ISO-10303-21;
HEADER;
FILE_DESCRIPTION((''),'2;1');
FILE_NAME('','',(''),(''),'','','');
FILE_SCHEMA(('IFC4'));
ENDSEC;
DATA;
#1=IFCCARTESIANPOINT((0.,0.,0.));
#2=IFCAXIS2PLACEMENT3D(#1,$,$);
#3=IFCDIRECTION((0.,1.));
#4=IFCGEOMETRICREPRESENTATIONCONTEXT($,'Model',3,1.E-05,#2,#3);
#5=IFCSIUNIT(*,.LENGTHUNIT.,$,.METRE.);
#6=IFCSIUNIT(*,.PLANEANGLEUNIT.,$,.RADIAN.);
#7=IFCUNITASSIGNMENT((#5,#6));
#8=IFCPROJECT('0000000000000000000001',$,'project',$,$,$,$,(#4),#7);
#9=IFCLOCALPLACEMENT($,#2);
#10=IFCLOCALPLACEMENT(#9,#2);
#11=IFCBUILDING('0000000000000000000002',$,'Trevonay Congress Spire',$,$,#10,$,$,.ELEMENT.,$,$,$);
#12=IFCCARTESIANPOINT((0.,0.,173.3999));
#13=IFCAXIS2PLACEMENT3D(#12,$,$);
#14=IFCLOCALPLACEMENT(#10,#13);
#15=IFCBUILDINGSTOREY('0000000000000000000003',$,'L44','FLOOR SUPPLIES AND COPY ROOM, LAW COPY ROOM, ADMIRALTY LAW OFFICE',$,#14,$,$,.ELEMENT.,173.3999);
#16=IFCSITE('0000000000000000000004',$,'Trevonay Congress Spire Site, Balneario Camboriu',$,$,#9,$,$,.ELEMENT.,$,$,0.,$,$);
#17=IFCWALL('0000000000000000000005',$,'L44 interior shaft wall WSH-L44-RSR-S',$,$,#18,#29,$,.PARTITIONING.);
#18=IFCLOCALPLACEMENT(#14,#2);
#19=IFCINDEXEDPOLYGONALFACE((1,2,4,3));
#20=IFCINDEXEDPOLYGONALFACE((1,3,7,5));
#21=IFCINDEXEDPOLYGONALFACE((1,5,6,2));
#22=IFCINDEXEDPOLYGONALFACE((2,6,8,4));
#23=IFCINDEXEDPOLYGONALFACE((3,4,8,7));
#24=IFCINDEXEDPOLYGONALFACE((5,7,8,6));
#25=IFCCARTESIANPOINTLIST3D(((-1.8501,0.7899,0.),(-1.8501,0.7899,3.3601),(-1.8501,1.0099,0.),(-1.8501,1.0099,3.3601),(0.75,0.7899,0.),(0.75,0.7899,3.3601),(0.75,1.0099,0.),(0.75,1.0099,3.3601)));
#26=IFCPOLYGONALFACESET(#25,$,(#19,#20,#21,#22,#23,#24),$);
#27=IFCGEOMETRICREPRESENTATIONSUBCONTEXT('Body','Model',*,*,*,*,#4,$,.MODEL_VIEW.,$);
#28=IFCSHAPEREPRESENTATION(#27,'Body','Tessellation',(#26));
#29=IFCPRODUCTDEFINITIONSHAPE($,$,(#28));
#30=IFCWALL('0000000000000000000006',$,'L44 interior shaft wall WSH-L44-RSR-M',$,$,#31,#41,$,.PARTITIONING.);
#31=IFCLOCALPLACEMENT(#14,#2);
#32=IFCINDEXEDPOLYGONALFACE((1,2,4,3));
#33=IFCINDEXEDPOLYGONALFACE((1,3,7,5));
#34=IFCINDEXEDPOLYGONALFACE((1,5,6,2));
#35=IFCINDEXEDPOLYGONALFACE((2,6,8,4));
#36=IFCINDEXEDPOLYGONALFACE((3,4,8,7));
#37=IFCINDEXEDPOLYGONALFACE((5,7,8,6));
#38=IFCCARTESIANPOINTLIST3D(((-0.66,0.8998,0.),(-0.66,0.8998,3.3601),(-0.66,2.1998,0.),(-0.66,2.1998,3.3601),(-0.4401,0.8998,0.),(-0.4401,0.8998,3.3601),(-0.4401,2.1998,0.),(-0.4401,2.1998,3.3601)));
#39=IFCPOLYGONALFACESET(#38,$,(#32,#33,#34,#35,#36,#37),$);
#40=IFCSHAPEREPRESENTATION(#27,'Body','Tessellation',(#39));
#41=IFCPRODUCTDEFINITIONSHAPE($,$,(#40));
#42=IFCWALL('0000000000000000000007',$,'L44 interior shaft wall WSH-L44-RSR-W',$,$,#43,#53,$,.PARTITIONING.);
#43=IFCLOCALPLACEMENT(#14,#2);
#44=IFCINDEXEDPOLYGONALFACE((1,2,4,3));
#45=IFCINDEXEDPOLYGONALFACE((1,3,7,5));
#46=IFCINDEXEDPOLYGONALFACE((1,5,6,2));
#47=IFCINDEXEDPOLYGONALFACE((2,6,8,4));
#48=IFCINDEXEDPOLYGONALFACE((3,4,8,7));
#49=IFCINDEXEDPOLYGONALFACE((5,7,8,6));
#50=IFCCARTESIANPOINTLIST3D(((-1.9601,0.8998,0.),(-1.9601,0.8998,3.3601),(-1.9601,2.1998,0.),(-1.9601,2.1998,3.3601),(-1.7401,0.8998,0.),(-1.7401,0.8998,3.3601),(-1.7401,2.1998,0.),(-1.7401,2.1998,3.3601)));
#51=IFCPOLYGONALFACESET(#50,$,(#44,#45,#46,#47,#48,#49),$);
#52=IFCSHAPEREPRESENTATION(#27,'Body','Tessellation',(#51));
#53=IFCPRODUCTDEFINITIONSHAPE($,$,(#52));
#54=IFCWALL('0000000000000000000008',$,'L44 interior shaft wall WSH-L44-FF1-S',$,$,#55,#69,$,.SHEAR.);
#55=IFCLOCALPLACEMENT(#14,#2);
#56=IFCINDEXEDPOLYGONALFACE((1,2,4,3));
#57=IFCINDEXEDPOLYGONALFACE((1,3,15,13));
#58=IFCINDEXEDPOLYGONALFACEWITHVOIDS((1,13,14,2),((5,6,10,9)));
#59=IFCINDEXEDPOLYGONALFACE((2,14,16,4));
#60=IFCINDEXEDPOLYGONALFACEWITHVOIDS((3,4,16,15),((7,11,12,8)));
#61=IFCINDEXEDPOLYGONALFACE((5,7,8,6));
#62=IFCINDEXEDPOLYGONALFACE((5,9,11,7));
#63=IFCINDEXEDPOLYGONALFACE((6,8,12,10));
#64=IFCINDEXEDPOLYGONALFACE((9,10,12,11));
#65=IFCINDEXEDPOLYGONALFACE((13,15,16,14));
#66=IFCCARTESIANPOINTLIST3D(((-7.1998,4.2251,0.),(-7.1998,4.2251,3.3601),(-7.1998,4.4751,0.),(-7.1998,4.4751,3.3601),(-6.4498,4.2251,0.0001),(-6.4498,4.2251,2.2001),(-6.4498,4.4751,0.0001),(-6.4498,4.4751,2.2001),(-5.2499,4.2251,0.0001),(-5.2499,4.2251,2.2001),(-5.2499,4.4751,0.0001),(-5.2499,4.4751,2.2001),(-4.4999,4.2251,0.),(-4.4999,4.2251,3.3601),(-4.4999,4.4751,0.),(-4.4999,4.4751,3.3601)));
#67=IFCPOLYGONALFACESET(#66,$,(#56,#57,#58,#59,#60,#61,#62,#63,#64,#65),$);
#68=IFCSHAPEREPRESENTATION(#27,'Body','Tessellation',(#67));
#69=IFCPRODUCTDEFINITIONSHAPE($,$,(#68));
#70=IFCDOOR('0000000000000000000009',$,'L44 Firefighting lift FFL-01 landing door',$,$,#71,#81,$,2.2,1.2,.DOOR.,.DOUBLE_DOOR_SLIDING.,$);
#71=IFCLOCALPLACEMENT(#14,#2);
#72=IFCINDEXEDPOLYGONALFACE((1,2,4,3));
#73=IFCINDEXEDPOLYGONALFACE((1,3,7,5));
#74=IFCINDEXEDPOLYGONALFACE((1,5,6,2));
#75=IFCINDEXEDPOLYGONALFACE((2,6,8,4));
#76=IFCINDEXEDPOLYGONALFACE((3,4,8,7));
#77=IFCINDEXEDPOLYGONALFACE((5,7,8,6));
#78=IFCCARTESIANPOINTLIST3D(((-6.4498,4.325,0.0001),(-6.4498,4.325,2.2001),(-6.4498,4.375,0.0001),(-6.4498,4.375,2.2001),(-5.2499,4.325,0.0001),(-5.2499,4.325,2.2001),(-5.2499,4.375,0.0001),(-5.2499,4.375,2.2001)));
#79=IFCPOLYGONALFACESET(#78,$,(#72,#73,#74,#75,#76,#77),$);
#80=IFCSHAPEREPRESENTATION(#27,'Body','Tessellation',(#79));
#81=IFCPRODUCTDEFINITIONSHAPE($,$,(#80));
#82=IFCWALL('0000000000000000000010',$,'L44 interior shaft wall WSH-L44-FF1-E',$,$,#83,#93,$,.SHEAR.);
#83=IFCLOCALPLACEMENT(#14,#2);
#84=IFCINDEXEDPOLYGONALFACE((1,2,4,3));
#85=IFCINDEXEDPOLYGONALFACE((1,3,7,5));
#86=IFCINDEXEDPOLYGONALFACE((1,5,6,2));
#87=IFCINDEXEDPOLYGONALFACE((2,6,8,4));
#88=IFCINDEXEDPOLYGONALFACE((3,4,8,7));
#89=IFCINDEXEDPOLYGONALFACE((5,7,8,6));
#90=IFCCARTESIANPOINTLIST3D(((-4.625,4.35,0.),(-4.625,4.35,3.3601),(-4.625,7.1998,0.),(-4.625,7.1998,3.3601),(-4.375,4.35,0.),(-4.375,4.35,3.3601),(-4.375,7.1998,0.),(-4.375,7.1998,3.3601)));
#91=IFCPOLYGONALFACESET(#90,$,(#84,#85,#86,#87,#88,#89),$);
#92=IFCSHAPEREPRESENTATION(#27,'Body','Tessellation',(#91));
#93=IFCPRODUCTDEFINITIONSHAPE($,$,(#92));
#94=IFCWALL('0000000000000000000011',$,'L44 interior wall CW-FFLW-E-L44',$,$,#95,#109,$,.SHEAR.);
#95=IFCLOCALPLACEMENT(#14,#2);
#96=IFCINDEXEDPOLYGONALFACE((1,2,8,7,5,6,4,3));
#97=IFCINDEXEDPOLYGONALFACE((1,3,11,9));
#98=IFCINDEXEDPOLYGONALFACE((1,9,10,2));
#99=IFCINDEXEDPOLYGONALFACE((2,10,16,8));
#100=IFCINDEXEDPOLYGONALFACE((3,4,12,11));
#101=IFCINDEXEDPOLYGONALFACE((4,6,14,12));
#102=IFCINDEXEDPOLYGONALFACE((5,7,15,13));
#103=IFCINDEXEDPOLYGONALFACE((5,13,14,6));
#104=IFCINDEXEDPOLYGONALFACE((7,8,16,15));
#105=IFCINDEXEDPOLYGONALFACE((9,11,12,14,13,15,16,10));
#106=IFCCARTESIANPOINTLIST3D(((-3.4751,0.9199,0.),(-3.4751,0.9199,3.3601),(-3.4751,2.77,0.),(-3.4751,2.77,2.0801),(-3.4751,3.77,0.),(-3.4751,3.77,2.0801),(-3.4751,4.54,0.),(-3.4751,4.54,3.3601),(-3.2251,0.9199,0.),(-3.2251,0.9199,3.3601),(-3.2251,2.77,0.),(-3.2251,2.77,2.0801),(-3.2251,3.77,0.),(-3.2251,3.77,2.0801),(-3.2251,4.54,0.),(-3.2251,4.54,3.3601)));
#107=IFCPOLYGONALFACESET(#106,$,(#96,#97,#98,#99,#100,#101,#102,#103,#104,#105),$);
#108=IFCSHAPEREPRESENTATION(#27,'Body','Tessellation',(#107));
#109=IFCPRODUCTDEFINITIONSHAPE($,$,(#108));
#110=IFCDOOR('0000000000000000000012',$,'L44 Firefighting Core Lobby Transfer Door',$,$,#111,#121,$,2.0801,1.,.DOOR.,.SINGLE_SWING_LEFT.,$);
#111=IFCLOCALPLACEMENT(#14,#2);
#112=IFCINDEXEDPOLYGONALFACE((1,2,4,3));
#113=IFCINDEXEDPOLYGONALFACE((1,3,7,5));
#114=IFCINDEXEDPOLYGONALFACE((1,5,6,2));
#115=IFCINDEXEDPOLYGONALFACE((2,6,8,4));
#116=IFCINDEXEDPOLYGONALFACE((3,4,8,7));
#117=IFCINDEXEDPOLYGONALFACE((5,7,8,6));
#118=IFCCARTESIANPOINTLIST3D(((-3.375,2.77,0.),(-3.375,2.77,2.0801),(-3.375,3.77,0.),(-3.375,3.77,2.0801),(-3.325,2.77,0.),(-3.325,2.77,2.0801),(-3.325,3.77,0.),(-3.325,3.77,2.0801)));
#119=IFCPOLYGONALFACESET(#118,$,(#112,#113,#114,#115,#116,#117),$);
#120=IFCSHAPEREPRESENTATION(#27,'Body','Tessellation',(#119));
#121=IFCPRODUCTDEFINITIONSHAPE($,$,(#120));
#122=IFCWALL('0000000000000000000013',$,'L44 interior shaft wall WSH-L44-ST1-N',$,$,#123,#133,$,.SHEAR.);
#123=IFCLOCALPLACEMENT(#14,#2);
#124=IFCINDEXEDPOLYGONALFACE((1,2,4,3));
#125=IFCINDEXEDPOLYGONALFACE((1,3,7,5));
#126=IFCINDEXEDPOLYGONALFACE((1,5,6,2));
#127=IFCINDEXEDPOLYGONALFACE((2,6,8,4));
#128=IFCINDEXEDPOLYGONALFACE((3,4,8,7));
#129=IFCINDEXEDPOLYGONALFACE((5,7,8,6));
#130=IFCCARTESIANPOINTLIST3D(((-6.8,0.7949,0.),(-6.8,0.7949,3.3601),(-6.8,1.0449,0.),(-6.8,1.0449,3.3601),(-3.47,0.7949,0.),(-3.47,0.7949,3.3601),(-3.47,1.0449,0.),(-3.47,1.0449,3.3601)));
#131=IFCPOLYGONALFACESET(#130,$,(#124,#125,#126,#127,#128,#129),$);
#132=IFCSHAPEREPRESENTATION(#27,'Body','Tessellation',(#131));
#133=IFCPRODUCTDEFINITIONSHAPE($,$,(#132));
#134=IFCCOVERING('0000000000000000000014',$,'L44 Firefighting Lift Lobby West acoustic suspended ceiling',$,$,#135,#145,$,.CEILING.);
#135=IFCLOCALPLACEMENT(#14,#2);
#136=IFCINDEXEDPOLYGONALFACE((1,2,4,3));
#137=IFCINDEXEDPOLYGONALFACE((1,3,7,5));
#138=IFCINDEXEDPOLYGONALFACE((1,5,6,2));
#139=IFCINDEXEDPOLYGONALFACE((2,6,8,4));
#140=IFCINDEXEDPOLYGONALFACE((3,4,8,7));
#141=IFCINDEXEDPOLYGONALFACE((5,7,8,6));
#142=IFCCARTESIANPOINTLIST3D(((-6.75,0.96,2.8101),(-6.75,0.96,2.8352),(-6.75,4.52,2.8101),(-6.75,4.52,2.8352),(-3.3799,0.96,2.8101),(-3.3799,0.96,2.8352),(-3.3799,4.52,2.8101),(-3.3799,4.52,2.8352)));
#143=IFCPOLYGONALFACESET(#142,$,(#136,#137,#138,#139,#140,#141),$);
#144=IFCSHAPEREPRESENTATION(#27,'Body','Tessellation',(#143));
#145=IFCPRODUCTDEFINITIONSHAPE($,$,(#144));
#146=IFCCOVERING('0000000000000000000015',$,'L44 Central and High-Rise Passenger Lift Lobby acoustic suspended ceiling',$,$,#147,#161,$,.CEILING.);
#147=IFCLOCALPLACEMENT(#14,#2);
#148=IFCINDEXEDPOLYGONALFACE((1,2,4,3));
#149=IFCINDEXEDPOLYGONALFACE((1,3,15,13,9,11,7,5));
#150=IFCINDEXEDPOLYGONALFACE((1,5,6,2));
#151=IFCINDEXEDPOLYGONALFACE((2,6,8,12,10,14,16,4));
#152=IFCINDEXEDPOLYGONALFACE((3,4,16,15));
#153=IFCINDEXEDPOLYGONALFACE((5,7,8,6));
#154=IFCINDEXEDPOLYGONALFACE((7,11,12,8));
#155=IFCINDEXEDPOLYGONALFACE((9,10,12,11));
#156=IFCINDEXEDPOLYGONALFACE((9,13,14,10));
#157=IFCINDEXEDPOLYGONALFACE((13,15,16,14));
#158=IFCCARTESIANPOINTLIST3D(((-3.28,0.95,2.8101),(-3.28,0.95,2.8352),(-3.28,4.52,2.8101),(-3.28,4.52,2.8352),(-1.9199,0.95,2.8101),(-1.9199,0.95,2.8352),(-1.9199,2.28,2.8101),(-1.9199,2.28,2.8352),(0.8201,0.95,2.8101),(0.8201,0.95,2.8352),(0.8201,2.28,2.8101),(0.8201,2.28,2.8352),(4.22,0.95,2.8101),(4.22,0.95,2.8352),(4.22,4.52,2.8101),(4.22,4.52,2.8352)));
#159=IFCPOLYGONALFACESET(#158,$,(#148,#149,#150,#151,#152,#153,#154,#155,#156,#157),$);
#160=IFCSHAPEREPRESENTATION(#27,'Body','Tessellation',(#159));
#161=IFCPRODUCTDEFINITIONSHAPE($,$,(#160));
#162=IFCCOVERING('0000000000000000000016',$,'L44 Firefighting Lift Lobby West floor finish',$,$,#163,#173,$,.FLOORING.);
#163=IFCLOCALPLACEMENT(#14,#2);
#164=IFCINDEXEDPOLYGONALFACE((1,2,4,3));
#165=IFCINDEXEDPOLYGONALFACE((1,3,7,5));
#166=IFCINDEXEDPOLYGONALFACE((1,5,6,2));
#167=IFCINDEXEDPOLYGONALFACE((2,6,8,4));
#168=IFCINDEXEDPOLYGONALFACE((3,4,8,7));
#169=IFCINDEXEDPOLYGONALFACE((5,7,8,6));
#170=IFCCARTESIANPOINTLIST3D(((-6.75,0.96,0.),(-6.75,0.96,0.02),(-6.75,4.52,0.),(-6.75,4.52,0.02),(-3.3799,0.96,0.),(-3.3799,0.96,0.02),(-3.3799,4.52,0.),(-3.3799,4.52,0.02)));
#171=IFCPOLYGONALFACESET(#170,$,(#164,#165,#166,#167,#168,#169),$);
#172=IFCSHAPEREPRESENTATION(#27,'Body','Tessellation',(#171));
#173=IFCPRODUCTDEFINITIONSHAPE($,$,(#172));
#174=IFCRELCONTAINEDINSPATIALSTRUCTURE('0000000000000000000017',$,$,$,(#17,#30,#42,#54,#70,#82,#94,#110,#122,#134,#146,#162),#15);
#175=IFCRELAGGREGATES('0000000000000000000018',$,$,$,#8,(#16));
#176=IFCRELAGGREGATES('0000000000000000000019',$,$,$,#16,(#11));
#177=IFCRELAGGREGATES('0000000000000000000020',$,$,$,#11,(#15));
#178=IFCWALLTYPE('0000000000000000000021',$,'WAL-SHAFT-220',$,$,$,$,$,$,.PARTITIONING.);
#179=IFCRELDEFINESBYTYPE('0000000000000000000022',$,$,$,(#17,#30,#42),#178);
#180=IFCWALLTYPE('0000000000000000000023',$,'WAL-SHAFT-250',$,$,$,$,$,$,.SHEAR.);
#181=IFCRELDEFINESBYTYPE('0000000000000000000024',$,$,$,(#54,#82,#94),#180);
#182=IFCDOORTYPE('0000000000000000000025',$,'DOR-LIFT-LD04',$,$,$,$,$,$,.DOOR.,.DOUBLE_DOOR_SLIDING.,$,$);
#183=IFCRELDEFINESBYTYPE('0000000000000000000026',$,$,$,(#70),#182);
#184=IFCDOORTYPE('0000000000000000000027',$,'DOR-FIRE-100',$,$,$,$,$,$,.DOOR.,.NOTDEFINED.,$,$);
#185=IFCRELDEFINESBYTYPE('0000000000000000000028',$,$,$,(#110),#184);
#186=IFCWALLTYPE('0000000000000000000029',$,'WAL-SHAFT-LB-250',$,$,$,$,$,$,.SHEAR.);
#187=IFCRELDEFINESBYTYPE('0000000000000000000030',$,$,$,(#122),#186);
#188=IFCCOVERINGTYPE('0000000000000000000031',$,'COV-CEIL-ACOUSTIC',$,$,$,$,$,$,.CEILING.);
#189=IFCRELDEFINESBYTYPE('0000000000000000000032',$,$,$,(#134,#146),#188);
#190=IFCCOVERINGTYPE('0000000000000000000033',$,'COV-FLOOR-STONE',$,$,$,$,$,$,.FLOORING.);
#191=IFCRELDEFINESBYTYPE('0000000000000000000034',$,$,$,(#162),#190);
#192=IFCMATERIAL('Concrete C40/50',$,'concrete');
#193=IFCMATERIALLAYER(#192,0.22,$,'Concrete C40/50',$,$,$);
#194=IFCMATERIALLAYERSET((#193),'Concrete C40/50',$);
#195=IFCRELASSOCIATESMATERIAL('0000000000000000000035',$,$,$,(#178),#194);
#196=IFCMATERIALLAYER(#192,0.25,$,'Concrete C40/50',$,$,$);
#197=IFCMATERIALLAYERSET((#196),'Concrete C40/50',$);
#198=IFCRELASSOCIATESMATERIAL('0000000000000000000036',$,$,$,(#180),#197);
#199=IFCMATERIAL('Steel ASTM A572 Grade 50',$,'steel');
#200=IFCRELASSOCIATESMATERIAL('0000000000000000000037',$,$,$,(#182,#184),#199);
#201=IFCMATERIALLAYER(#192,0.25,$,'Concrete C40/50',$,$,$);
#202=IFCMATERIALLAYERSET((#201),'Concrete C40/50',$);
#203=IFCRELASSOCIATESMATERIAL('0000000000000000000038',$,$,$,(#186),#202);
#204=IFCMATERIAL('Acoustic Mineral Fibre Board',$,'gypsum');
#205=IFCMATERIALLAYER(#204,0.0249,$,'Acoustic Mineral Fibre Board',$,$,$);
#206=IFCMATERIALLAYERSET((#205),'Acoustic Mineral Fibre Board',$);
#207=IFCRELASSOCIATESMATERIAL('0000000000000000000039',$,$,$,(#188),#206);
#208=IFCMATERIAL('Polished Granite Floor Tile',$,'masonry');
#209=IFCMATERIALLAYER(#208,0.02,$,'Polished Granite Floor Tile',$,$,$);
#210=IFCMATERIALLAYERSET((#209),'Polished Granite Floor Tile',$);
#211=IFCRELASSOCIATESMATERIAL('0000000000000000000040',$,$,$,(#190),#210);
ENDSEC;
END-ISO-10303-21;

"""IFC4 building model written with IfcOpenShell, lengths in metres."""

from ifc_helpers import new_model, si_unit, direction, frame, frame_2d, origin, place, context, subcontext, project, spatial, polyline, rectangle, outline, extrude, material, layer, layer_set, type_object, element, fill, save


model = new_model("IFC4")

# Units and contexts
model_context = context("Model", 3, precision=1e-05, world=origin(), true_north=direction((0.0, 1.0)))
body_context = subcontext(model_context, "Body", "Model", "MODEL_VIEW")
ifc_project = project(units=[si_unit("LENGTHUNIT", "METRE"), si_unit("PLANEANGLEUNIT", "RADIAN")], contexts=[model_context])

# Site, building, storey
site_placement = place(None, origin())
site = spatial("IfcSite", under=ifc_project, at=site_placement, Name="Trevonay Congress Spire Site, Balneario Camboriu", CompositionType="ELEMENT", RefElevation=0.0)
building_placement = place(site_placement, origin())
building = spatial("IfcBuilding", under=site, at=building_placement, Name="Trevonay Congress Spire", CompositionType="ELEMENT")
storey_placement = place(building_placement, frame((0.0, 0.0, 173.3999)))
storey = spatial("IfcBuildingStorey", under=building, at=storey_placement, Name="L44", Description="FLOOR SUPPLIES AND COPY ROOM, LAW COPY ROOM, ADMIRALTY LAW OFFICE", CompositionType="ELEMENT", Elevation=173.3999)

# Shared definitions
ifc_material_1 = material(Name="Steel ASTM A572 Grade 50", Category="steel")

# Shared definitions
ifc_material_2 = material(Name="Concrete C40/50", Category="concrete")

# Walls
ifc_layer_1 = layer(ifc_material_2, 0.22, Name="Concrete C40/50")
ifc_layer_set_1 = layer_set([ifc_layer_1], Name="Concrete C40/50")
wall_type_1 = type_object("IfcWallType", Name="WAL-SHAFT-220", PredefinedType="PARTITIONING", material=ifc_layer_set_1)
for number, where, z_axis, x_axis, name in (
    (1, (-1.8501, 0.8999, 0.0), (0.0, 0.0, 1.0), (1.0, 0.0, 0.0), "L44 interior shaft wall WSH-L44-RSR-S"),
):
    element("IfcWall", number, at=place(storey_placement, frame(where, z_axis=z_axis, x_axis=x_axis)), inside=storey, type_object=wall_type_1, Name=name, PredefinedType="PARTITIONING", context=body_context, shape_type="SweptSolid", body=[
        extrude(rectangle(XDim=2.6001, YDim=0.22, at=frame_2d((1.3, 0.0))), origin(), (0.0, 0.0, 1.0), 3.3601),
    ])
for number, where, z_axis, x_axis, name in (
    (2, (-0.55, 0.8999, 0.0), (0.0, 0.0, 1.0), (0.0, 1.0, 0.0), "L44 interior shaft wall WSH-L44-RSR-M"),
    (3, (-1.8501, 0.8999, 0.0), (0.0, 0.0, 1.0), (0.0, 1.0, 0.0), "L44 interior shaft wall WSH-L44-RSR-W"),
):
    element("IfcWall", number, at=place(storey_placement, frame(where, z_axis=z_axis, x_axis=x_axis)), inside=storey, type_object=wall_type_1, Name=name, PredefinedType="PARTITIONING", context=body_context, shape_type="SweptSolid", body=[
        extrude(rectangle(XDim=1.3, YDim=0.22, at=frame_2d((0.6499, 0.0))), origin(), (0.0, 0.0, 1.0), 3.3601),
    ])

# Wall, opening, door
ifc_layer_2 = layer(ifc_material_2, 0.25, Name="Concrete C40/50")
ifc_layer_set_2 = layer_set([ifc_layer_2], Name="Concrete C40/50")
wall_type_2 = type_object("IfcWallType", Name="WAL-SHAFT-250", PredefinedType="SHEAR", material=ifc_layer_set_2)
wall_1_placement = place(storey_placement, frame((-7.2, 4.3501, 0.0), z_axis=(0.0, 0.0, 1.0), x_axis=(1.0, 0.0, 0.0)))
wall_1 = element("IfcWall", 4, at=wall_1_placement, inside=storey, type_object=wall_type_2, Name="L44 interior shaft wall WSH-L44-FF1-S", PredefinedType="SHEAR", context=body_context, shape_type="SweptSolid", body=[
    extrude(rectangle(XDim=2.7, YDim=0.25, at=frame_2d((1.3501, 0.0))), origin(), (0.0, 0.0, 1.0), 3.3601),
])
opening_1_placement = place(wall_1_placement, frame((0.75, 0.0, 0.0)))
opening_1 = element("IfcOpeningElement", 5, at=opening_1_placement, cuts=wall_1, PredefinedType="OPENING", context=body_context, shape_type="SweptSolid", body=[
    extrude(rectangle(XDim=1.2, YDim=2.2, at=frame_2d((0.6001, 1.1001))), frame((0.0, 0.135, 0.0), z_axis=(0.0, -1.0, 0.0), x_axis=(1.0, 0.0, 0.0)), (0.0, 0.0, 1.0), 0.27),
])
door_type_1 = type_object("IfcDoorType", Name="DOR-LIFT-LD04", OperationType="DOUBLE_DOOR_SLIDING", PredefinedType="DOOR", material=ifc_material_1)
door_1_placement = place(opening_1_placement, origin())
door_1 = element("IfcDoor", 6, at=door_1_placement, inside=storey, type_object=door_type_1, Name="L44 Firefighting lift FFL-01 landing door", OperationType="DOUBLE_DOOR_SLIDING", OverallHeight=2.2, OverallWidth=1.2, PredefinedType="DOOR", context=body_context, shape_type="SweptSolid", body=[
    extrude(rectangle(XDim=1.2, YDim=2.2, at=frame_2d((0.6001, 1.1001))), frame((0.0, 0.0249, 0.0), z_axis=(0.0, -1.0, 0.0), x_axis=(1.0, 0.0, 0.0)), (0.0, 0.0, 1.0), 0.05),
])
fill(opening_1, door_1)

# Wall
wall_2_placement = place(storey_placement, frame((-4.5, 4.3501, 0.0), z_axis=(0.0, 0.0, 1.0), x_axis=(0.0, 1.0, 0.0)))
element("IfcWall", 7, at=wall_2_placement, inside=storey, type_object=wall_type_2, Name="L44 interior shaft wall WSH-L44-FF1-E", PredefinedType="SHEAR", context=body_context, shape_type="SweptSolid", body=[
    extrude(rectangle(XDim=2.8499, YDim=0.25, at=frame_2d((1.4248, 0.0))), origin(), (0.0, 0.0, 1.0), 3.3601),
])

# Wall, opening, door
wall_3_placement = place(storey_placement, frame((-3.3501, 0.9199, 0.0), z_axis=(0.0, 0.0, 1.0), x_axis=(0.0, 1.0, 0.0)))
wall_3 = element("IfcWall", 8, at=wall_3_placement, inside=storey, type_object=wall_type_2, Name="L44 interior wall CW-FFLW-E-L44", PredefinedType="SHEAR", context=body_context, shape_type="SweptSolid", body=[
    extrude(rectangle(XDim=3.6201, YDim=0.25, at=frame_2d((1.8101, 0.0))), origin(), (0.0, 0.0, 1.0), 3.3601),
])
opening_2_placement = place(wall_3_placement, frame((1.8501, 0.0, 0.0)))
opening_2 = element("IfcOpeningElement", 9, at=opening_2_placement, cuts=wall_3, PredefinedType="OPENING", context=body_context, shape_type="SweptSolid", body=[
    extrude(rectangle(XDim=1.0, YDim=2.0801, at=frame_2d((0.5, 1.04))), frame((0.0, 0.135, 0.0), z_axis=(0.0, -1.0, 0.0), x_axis=(1.0, 0.0, 0.0)), (0.0, 0.0, 1.0), 0.27),
])
door_type_2 = type_object("IfcDoorType", Name="DOR-FIRE-100", OperationType="NOTDEFINED", PredefinedType="DOOR", material=ifc_material_1)
door_2_placement = place(opening_2_placement, origin())
door_2 = element("IfcDoor", 10, at=door_2_placement, inside=storey, type_object=door_type_2, Name="L44 Firefighting Core Lobby Transfer Door", OperationType="SINGLE_SWING_LEFT", OverallHeight=2.0801, OverallWidth=1.0, PredefinedType="DOOR", context=body_context, shape_type="SweptSolid", body=[
    extrude(rectangle(XDim=1.0, YDim=2.0801, at=frame_2d((0.5, 1.04))), frame((0.0, 0.0249, 0.0), z_axis=(0.0, -1.0, 0.0), x_axis=(1.0, 0.0, 0.0)), (0.0, 0.0, 1.0), 0.05),
])
fill(opening_2, door_2)

# Wall
ifc_layer_3 = layer(ifc_material_2, 0.25, Name="Concrete C40/50")
ifc_layer_set_3 = layer_set([ifc_layer_3], Name="Concrete C40/50")
wall_type_3 = type_object("IfcWallType", Name="WAL-SHAFT-LB-250", PredefinedType="SHEAR", material=ifc_layer_set_3)
wall_4_placement = place(storey_placement, frame((-6.8, 0.9199, 0.0), z_axis=(0.0, 0.0, 1.0), x_axis=(1.0, 0.0, 0.0)))
element("IfcWall", 11, at=wall_4_placement, inside=storey, type_object=wall_type_3, Name="L44 interior shaft wall WSH-L44-ST1-N", PredefinedType="SHEAR", context=body_context, shape_type="SweptSolid", body=[
    extrude(rectangle(XDim=3.3301, YDim=0.25, at=frame_2d((1.665, 0.0))), origin(), (0.0, 0.0, 1.0), 3.3601),
])

# Coverings
ifc_material_3 = material(Name="Acoustic Mineral Fibre Board", Category="gypsum")
ifc_layer_4 = layer(ifc_material_3, 0.0249, Name="Acoustic Mineral Fibre Board")
ifc_layer_set_4 = layer_set([ifc_layer_4], Name="Acoustic Mineral Fibre Board")
covering_type_1 = type_object("IfcCoveringType", Name="COV-CEIL-ACOUSTIC", PredefinedType="CEILING", material=ifc_layer_set_4)
covering_1_placement = place(storey_placement, frame((0.0, 0.0, 2.8101)))
element("IfcCovering", 12, at=covering_1_placement, inside=storey, type_object=covering_type_1, Name="L44 Firefighting Lift Lobby West acoustic suspended ceiling", PredefinedType="CEILING", context=body_context, shape_type="SweptSolid", body=[
    extrude(outline(polyline([(-6.75, 0.96), (-3.3799, 0.96), (-3.3799, 4.52), (-6.75, 4.52), (-6.75, 0.96)])), origin(), (0.0, 0.0, 1.0), 0.0251),
])
covering_2_placement = place(storey_placement, frame((0.0, 0.0, 2.8101)))
element("IfcCovering", 13, at=covering_2_placement, inside=storey, type_object=covering_type_1, Name="L44 Central and High-Rise Passenger Lift Lobby acoustic suspended ceiling", PredefinedType="CEILING", context=body_context, shape_type="SweptSolid", body=[
    extrude(outline(polyline([(-3.28, 0.95), (-1.9199, 0.95), (-1.9199, 2.28), (0.8201, 2.28), (0.8201, 0.95), (4.22, 0.95), (4.22, 4.52), (-3.28, 4.52), (-3.28, 0.95)])), origin(), (0.0, 0.0, 1.0), 0.0251),
])
ifc_material_4 = material(Name="Polished Granite Floor Tile", Category="masonry")
ifc_layer_5 = layer(ifc_material_4, 0.02, Name="Polished Granite Floor Tile")
ifc_layer_set_5 = layer_set([ifc_layer_5], Name="Polished Granite Floor Tile")
covering_type_2 = type_object("IfcCoveringType", Name="COV-FLOOR-STONE", PredefinedType="FLOORING", material=ifc_layer_set_5)
covering_3_placement = place(storey_placement, origin())
element("IfcCovering", 14, at=covering_3_placement, inside=storey, type_object=covering_type_2, Name="L44 Firefighting Lift Lobby West floor finish", PredefinedType="FLOORING", context=body_context, shape_type="SweptSolid", body=[
    extrude(outline(polyline([(-6.75, 0.96), (-3.3799, 0.96), (-3.3799, 4.52), (-6.75, 4.52), (-6.75, 0.96)])), origin(), (0.0, 0.0, 1.0), 0.02),
])

save(model, "model.ifc")
